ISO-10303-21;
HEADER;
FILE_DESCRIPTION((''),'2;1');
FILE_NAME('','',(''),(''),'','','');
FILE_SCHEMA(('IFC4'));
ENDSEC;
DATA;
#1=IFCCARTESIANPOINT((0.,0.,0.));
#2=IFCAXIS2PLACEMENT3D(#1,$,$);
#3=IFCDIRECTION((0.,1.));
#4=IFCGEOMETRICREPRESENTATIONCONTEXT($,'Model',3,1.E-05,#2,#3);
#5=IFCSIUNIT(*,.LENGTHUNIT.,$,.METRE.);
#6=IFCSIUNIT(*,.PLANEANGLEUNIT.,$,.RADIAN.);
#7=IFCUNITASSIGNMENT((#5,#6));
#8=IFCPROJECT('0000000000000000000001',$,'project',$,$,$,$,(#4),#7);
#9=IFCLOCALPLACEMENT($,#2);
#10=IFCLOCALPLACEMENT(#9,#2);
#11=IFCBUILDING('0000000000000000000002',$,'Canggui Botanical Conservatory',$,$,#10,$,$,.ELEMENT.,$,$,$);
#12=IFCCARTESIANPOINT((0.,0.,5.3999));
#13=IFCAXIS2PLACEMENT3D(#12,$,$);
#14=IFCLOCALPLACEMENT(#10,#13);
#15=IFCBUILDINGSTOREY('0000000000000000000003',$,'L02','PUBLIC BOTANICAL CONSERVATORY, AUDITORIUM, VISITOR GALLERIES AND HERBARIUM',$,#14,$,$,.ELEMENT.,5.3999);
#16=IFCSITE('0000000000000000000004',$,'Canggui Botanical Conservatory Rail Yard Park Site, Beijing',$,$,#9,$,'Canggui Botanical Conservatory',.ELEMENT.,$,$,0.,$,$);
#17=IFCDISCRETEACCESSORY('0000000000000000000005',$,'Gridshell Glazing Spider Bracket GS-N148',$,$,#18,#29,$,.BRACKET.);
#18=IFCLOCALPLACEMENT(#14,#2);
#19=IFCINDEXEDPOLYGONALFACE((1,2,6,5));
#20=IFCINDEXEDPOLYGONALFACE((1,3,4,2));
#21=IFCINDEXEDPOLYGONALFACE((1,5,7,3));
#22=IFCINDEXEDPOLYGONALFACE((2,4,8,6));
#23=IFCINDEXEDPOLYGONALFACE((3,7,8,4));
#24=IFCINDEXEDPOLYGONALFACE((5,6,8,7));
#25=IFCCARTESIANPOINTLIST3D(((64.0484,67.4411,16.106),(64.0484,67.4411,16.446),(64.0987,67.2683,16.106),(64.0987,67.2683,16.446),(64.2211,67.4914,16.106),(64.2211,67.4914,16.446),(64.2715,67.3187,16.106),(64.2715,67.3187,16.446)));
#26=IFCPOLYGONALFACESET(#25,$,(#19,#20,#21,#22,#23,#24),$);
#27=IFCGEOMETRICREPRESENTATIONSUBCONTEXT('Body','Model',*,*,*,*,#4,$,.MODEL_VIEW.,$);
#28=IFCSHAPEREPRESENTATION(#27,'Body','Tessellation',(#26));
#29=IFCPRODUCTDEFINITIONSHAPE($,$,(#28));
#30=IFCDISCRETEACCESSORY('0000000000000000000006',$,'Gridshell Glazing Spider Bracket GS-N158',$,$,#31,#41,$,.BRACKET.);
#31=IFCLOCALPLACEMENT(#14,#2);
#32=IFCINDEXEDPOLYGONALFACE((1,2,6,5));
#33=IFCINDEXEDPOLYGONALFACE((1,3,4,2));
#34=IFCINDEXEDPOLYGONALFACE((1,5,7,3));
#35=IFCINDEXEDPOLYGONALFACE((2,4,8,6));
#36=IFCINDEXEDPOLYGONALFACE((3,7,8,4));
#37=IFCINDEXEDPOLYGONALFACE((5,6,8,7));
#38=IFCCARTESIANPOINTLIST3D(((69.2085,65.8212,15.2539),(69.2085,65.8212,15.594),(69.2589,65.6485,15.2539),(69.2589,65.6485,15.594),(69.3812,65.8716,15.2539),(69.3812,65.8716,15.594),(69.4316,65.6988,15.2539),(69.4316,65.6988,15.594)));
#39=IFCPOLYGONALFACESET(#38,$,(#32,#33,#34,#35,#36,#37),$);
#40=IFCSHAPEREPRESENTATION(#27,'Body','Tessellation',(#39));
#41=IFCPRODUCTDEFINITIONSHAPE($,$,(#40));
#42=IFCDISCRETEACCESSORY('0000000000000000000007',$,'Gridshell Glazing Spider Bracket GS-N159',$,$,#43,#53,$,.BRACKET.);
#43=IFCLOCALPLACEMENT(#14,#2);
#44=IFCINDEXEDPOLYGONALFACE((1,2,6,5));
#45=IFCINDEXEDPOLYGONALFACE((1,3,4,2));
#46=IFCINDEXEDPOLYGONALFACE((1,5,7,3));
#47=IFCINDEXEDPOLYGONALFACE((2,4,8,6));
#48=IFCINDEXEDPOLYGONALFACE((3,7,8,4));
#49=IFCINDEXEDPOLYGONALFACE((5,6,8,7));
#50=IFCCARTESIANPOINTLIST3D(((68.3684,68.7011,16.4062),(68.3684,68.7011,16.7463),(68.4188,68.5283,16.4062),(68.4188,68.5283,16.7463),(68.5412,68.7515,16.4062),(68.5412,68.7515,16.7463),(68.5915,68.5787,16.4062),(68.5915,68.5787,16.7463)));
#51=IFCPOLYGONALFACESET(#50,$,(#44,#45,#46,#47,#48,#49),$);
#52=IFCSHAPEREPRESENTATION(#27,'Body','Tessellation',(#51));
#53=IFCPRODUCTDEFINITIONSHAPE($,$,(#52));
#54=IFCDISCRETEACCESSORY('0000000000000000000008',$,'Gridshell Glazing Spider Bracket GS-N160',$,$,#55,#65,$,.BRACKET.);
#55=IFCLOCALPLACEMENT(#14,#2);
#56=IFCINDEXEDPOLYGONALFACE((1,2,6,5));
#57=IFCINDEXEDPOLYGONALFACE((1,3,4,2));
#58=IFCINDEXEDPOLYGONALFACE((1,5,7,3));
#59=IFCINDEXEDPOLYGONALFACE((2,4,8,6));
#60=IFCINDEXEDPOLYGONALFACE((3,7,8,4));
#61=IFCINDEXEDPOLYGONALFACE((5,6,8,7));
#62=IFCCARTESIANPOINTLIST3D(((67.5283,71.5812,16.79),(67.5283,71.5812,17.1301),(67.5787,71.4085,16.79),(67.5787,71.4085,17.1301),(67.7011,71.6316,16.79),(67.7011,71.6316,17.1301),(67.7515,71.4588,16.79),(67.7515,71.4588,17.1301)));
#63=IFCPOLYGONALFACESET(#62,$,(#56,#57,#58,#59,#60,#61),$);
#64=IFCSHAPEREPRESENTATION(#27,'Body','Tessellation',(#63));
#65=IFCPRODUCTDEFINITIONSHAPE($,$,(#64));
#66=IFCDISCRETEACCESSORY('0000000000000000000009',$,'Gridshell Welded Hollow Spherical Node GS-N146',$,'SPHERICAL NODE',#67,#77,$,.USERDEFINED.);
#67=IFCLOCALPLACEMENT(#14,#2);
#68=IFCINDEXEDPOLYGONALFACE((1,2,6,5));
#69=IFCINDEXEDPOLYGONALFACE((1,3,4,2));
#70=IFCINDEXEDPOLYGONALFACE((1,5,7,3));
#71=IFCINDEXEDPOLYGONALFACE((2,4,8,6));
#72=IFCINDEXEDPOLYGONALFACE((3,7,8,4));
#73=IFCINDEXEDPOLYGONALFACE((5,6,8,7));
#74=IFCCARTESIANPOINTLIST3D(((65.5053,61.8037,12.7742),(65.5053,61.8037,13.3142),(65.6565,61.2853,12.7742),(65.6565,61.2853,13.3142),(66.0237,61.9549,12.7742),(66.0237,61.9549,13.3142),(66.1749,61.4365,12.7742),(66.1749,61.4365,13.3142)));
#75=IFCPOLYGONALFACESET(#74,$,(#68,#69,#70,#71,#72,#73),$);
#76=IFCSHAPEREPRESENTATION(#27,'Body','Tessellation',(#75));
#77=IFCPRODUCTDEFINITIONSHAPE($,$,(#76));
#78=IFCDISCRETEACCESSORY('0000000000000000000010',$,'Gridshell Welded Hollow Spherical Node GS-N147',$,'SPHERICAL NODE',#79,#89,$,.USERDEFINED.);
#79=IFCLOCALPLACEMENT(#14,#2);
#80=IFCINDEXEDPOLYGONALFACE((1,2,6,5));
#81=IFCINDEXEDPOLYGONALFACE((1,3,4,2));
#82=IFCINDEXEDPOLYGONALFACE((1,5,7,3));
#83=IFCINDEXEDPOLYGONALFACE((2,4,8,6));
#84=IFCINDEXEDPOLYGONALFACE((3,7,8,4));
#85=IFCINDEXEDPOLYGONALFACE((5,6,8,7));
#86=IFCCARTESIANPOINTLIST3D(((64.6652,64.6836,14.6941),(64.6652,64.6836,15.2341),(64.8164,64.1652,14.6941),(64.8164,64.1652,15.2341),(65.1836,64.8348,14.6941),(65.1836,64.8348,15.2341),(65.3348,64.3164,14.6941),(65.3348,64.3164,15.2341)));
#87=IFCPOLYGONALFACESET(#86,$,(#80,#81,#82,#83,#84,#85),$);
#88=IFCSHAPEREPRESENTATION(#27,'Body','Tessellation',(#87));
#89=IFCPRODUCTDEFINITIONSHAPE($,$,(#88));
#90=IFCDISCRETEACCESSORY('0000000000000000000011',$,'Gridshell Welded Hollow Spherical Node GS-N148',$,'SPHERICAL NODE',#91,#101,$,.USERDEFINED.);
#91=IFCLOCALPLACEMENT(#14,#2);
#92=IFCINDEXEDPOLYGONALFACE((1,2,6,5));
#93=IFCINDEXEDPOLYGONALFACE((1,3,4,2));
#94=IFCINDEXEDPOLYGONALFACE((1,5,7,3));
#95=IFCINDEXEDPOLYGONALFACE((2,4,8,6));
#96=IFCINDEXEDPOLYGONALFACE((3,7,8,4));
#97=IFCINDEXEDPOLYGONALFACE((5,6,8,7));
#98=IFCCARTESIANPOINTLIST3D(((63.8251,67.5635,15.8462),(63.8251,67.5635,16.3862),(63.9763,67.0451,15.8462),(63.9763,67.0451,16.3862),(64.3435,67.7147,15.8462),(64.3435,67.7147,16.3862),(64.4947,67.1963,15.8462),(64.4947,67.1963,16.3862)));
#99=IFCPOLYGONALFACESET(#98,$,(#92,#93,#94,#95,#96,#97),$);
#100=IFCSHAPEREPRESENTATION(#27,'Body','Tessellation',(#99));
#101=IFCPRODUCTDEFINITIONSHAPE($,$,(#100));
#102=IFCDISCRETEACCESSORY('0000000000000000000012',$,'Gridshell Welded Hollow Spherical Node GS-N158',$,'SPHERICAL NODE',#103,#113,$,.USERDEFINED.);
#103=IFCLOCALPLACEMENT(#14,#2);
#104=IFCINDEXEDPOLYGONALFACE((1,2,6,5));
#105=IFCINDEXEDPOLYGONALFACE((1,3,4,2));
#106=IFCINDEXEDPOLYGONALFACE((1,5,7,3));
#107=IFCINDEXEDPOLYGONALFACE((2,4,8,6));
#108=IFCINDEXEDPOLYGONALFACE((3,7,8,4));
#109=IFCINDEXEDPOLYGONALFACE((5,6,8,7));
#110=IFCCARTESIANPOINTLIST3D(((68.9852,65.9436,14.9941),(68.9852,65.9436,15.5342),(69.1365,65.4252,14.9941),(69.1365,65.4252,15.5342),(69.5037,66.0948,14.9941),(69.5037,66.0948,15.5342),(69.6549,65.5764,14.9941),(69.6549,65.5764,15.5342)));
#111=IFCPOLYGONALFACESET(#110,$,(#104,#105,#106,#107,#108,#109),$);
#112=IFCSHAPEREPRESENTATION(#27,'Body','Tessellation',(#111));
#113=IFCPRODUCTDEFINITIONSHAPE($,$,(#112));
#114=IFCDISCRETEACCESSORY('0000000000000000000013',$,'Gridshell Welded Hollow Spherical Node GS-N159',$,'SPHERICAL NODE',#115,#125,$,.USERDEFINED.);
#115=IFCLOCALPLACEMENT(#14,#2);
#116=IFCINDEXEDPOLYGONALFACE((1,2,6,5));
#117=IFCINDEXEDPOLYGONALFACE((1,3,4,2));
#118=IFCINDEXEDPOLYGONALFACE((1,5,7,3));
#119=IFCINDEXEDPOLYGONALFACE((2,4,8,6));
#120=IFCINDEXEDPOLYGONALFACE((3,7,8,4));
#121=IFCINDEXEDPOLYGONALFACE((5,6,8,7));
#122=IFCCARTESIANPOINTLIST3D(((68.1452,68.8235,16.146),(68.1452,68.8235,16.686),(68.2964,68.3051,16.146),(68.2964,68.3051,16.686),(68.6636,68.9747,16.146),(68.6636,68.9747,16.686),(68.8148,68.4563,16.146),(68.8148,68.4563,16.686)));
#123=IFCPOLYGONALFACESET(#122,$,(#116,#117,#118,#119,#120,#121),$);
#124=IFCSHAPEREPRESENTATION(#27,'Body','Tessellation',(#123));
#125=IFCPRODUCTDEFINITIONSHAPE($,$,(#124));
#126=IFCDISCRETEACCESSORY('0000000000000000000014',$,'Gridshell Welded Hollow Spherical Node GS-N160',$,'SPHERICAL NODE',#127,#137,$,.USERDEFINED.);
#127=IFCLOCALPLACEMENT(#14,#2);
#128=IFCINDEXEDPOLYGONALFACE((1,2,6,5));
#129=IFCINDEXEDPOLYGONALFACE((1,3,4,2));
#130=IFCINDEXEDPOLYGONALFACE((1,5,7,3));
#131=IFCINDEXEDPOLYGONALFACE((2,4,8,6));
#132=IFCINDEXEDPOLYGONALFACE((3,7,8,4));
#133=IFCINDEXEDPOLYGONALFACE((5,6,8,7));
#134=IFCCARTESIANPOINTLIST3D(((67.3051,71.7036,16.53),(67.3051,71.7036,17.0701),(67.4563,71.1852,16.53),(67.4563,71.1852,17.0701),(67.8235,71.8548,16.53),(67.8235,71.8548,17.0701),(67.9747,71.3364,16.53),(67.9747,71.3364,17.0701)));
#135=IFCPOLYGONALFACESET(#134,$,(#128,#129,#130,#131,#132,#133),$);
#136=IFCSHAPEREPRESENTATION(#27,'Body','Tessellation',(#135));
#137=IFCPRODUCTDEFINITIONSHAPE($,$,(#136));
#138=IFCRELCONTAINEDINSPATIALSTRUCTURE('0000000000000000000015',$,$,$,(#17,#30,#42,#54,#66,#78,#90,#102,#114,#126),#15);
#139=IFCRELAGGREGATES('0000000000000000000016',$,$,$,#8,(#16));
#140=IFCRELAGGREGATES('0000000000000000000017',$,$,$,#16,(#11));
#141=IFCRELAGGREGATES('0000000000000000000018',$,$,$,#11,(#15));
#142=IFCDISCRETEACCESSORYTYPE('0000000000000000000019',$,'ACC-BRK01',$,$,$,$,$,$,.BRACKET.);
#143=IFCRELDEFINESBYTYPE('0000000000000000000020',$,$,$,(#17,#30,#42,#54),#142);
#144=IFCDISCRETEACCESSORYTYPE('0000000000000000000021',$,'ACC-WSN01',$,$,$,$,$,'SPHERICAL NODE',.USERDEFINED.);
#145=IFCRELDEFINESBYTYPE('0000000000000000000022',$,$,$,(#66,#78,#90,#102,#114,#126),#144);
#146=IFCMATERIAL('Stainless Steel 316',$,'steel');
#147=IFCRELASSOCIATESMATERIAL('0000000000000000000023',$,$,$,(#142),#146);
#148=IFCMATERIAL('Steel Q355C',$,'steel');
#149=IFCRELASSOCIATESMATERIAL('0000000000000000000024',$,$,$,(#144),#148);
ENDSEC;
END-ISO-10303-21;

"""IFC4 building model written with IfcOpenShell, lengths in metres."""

from ifc_helpers import new_model, si_unit, direction, frame, origin, origin_2d, place, context, subcontext, project, spatial, rectangle, extrude, material, type_object, element, save


model = new_model("IFC4")

# Units and contexts
model_context = context("Model", 3, precision=1e-05, world=origin(), true_north=direction((0.0, 1.0)))
body_context = subcontext(model_context, "Body", "Model", "MODEL_VIEW")
ifc_project = project(units=[si_unit("LENGTHUNIT", "METRE"), si_unit("PLANEANGLEUNIT", "RADIAN")], contexts=[model_context])

# Site, building, storey
site_placement = place(None, origin())
site = spatial("IfcSite", under=ifc_project, at=site_placement, Name="Canggui Botanical Conservatory Rail Yard Park Site, Beijing", LongName="Canggui Botanical Conservatory", CompositionType="ELEMENT", RefElevation=0.0)
building_placement = place(site_placement, origin())
building = spatial("IfcBuilding", under=site, at=building_placement, Name="Canggui Botanical Conservatory", CompositionType="ELEMENT")
storey_placement = place(building_placement, frame((0.0, 0.0, 5.3999)))
storey = spatial("IfcBuildingStorey", under=building, at=storey_placement, Name="L02", Description="PUBLIC BOTANICAL CONSERVATORY, AUDITORIUM, VISITOR GALLERIES AND HERBARIUM", CompositionType="ELEMENT", Elevation=5.3999)

# Shared definitions
ifc_material_1 = material(Name="Steel Q355C", Category="steel")

# Discrete accessories
ifc_material_2 = material(Name="Stainless Steel 316", Category="steel")
discrete_accessory_type_1 = type_object("IfcDiscreteAccessoryType", Name="ACC-BRK01", PredefinedType="BRACKET", material=ifc_material_2)
for number, where, z_axis, x_axis, name in (
    (1, (64.1599, 67.3799, 16.106), (0.0, 0.0, 1.0), (0.96, 0.28, 0.0), "Gridshell Glazing Spider Bracket GS-N148"),
    (2, (69.3201, 65.76, 15.2539), (0.0, 0.0, 1.0), (0.96, 0.28, 0.0), "Gridshell Glazing Spider Bracket GS-N158"),
    (3, (68.48, 68.6399, 16.4062), (0.0, 0.0, 1.0), (0.96, 0.28, 0.0), "Gridshell Glazing Spider Bracket GS-N159"),
    (4, (67.6399, 71.52, 16.79), (0.0, 0.0, 1.0), (0.96, 0.28, 0.0), "Gridshell Glazing Spider Bracket GS-N160"),
):
    element("IfcDiscreteAccessory", number, at=place(storey_placement, frame(where, z_axis=z_axis, x_axis=x_axis)), inside=storey, type_object=discrete_accessory_type_1, Name=name, PredefinedType="BRACKET", context=body_context, shape_type="SweptSolid", body=[
        extrude(rectangle(XDim=0.1799, YDim=0.1799, at=origin_2d()), origin(), (0.0, 0.0, 1.0), 0.3401),
    ])
discrete_accessory_type_2 = type_object("IfcDiscreteAccessoryType", Name="ACC-WSN01", ElementType="SPHERICAL NODE", PredefinedType="USERDEFINED", material=ifc_material_1)
for number, where, z_axis, x_axis, name in (
    (5, (65.8401, 61.6201, 12.7742), (0.0, 0.0, 1.0), (0.96, 0.28, 0.0), "Gridshell Welded Hollow Spherical Node GS-N146"),
    (6, (65.0, 64.5, 14.6941), (0.0, 0.0, 1.0), (0.96, 0.28, 0.0), "Gridshell Welded Hollow Spherical Node GS-N147"),
    (7, (64.1599, 67.3799, 15.8462), (0.0, 0.0, 1.0), (0.96, 0.28, 0.0), "Gridshell Welded Hollow Spherical Node GS-N148"),
    (8, (69.3201, 65.76, 14.9941), (0.0, 0.0, 1.0), (0.96, 0.28, 0.0), "Gridshell Welded Hollow Spherical Node GS-N158"),
    (9, (68.48, 68.6399, 16.146), (0.0, 0.0, 1.0), (0.96, 0.28, 0.0), "Gridshell Welded Hollow Spherical Node GS-N159"),
    (10, (67.6399, 71.52, 16.53), (0.0, 0.0, 1.0), (0.96, 0.28, 0.0), "Gridshell Welded Hollow Spherical Node GS-N160"),
):
    element("IfcDiscreteAccessory", number, at=place(storey_placement, frame(where, z_axis=z_axis, x_axis=x_axis)), inside=storey, type_object=discrete_accessory_type_2, Name=name, ObjectType="SPHERICAL NODE", PredefinedType="USERDEFINED", context=body_context, shape_type="SweptSolid", body=[
        extrude(rectangle(XDim=0.54, YDim=0.54, at=origin_2d()), origin(), (0.0, 0.0, 1.0), 0.54),
    ])

save(model, "model.ifc")
